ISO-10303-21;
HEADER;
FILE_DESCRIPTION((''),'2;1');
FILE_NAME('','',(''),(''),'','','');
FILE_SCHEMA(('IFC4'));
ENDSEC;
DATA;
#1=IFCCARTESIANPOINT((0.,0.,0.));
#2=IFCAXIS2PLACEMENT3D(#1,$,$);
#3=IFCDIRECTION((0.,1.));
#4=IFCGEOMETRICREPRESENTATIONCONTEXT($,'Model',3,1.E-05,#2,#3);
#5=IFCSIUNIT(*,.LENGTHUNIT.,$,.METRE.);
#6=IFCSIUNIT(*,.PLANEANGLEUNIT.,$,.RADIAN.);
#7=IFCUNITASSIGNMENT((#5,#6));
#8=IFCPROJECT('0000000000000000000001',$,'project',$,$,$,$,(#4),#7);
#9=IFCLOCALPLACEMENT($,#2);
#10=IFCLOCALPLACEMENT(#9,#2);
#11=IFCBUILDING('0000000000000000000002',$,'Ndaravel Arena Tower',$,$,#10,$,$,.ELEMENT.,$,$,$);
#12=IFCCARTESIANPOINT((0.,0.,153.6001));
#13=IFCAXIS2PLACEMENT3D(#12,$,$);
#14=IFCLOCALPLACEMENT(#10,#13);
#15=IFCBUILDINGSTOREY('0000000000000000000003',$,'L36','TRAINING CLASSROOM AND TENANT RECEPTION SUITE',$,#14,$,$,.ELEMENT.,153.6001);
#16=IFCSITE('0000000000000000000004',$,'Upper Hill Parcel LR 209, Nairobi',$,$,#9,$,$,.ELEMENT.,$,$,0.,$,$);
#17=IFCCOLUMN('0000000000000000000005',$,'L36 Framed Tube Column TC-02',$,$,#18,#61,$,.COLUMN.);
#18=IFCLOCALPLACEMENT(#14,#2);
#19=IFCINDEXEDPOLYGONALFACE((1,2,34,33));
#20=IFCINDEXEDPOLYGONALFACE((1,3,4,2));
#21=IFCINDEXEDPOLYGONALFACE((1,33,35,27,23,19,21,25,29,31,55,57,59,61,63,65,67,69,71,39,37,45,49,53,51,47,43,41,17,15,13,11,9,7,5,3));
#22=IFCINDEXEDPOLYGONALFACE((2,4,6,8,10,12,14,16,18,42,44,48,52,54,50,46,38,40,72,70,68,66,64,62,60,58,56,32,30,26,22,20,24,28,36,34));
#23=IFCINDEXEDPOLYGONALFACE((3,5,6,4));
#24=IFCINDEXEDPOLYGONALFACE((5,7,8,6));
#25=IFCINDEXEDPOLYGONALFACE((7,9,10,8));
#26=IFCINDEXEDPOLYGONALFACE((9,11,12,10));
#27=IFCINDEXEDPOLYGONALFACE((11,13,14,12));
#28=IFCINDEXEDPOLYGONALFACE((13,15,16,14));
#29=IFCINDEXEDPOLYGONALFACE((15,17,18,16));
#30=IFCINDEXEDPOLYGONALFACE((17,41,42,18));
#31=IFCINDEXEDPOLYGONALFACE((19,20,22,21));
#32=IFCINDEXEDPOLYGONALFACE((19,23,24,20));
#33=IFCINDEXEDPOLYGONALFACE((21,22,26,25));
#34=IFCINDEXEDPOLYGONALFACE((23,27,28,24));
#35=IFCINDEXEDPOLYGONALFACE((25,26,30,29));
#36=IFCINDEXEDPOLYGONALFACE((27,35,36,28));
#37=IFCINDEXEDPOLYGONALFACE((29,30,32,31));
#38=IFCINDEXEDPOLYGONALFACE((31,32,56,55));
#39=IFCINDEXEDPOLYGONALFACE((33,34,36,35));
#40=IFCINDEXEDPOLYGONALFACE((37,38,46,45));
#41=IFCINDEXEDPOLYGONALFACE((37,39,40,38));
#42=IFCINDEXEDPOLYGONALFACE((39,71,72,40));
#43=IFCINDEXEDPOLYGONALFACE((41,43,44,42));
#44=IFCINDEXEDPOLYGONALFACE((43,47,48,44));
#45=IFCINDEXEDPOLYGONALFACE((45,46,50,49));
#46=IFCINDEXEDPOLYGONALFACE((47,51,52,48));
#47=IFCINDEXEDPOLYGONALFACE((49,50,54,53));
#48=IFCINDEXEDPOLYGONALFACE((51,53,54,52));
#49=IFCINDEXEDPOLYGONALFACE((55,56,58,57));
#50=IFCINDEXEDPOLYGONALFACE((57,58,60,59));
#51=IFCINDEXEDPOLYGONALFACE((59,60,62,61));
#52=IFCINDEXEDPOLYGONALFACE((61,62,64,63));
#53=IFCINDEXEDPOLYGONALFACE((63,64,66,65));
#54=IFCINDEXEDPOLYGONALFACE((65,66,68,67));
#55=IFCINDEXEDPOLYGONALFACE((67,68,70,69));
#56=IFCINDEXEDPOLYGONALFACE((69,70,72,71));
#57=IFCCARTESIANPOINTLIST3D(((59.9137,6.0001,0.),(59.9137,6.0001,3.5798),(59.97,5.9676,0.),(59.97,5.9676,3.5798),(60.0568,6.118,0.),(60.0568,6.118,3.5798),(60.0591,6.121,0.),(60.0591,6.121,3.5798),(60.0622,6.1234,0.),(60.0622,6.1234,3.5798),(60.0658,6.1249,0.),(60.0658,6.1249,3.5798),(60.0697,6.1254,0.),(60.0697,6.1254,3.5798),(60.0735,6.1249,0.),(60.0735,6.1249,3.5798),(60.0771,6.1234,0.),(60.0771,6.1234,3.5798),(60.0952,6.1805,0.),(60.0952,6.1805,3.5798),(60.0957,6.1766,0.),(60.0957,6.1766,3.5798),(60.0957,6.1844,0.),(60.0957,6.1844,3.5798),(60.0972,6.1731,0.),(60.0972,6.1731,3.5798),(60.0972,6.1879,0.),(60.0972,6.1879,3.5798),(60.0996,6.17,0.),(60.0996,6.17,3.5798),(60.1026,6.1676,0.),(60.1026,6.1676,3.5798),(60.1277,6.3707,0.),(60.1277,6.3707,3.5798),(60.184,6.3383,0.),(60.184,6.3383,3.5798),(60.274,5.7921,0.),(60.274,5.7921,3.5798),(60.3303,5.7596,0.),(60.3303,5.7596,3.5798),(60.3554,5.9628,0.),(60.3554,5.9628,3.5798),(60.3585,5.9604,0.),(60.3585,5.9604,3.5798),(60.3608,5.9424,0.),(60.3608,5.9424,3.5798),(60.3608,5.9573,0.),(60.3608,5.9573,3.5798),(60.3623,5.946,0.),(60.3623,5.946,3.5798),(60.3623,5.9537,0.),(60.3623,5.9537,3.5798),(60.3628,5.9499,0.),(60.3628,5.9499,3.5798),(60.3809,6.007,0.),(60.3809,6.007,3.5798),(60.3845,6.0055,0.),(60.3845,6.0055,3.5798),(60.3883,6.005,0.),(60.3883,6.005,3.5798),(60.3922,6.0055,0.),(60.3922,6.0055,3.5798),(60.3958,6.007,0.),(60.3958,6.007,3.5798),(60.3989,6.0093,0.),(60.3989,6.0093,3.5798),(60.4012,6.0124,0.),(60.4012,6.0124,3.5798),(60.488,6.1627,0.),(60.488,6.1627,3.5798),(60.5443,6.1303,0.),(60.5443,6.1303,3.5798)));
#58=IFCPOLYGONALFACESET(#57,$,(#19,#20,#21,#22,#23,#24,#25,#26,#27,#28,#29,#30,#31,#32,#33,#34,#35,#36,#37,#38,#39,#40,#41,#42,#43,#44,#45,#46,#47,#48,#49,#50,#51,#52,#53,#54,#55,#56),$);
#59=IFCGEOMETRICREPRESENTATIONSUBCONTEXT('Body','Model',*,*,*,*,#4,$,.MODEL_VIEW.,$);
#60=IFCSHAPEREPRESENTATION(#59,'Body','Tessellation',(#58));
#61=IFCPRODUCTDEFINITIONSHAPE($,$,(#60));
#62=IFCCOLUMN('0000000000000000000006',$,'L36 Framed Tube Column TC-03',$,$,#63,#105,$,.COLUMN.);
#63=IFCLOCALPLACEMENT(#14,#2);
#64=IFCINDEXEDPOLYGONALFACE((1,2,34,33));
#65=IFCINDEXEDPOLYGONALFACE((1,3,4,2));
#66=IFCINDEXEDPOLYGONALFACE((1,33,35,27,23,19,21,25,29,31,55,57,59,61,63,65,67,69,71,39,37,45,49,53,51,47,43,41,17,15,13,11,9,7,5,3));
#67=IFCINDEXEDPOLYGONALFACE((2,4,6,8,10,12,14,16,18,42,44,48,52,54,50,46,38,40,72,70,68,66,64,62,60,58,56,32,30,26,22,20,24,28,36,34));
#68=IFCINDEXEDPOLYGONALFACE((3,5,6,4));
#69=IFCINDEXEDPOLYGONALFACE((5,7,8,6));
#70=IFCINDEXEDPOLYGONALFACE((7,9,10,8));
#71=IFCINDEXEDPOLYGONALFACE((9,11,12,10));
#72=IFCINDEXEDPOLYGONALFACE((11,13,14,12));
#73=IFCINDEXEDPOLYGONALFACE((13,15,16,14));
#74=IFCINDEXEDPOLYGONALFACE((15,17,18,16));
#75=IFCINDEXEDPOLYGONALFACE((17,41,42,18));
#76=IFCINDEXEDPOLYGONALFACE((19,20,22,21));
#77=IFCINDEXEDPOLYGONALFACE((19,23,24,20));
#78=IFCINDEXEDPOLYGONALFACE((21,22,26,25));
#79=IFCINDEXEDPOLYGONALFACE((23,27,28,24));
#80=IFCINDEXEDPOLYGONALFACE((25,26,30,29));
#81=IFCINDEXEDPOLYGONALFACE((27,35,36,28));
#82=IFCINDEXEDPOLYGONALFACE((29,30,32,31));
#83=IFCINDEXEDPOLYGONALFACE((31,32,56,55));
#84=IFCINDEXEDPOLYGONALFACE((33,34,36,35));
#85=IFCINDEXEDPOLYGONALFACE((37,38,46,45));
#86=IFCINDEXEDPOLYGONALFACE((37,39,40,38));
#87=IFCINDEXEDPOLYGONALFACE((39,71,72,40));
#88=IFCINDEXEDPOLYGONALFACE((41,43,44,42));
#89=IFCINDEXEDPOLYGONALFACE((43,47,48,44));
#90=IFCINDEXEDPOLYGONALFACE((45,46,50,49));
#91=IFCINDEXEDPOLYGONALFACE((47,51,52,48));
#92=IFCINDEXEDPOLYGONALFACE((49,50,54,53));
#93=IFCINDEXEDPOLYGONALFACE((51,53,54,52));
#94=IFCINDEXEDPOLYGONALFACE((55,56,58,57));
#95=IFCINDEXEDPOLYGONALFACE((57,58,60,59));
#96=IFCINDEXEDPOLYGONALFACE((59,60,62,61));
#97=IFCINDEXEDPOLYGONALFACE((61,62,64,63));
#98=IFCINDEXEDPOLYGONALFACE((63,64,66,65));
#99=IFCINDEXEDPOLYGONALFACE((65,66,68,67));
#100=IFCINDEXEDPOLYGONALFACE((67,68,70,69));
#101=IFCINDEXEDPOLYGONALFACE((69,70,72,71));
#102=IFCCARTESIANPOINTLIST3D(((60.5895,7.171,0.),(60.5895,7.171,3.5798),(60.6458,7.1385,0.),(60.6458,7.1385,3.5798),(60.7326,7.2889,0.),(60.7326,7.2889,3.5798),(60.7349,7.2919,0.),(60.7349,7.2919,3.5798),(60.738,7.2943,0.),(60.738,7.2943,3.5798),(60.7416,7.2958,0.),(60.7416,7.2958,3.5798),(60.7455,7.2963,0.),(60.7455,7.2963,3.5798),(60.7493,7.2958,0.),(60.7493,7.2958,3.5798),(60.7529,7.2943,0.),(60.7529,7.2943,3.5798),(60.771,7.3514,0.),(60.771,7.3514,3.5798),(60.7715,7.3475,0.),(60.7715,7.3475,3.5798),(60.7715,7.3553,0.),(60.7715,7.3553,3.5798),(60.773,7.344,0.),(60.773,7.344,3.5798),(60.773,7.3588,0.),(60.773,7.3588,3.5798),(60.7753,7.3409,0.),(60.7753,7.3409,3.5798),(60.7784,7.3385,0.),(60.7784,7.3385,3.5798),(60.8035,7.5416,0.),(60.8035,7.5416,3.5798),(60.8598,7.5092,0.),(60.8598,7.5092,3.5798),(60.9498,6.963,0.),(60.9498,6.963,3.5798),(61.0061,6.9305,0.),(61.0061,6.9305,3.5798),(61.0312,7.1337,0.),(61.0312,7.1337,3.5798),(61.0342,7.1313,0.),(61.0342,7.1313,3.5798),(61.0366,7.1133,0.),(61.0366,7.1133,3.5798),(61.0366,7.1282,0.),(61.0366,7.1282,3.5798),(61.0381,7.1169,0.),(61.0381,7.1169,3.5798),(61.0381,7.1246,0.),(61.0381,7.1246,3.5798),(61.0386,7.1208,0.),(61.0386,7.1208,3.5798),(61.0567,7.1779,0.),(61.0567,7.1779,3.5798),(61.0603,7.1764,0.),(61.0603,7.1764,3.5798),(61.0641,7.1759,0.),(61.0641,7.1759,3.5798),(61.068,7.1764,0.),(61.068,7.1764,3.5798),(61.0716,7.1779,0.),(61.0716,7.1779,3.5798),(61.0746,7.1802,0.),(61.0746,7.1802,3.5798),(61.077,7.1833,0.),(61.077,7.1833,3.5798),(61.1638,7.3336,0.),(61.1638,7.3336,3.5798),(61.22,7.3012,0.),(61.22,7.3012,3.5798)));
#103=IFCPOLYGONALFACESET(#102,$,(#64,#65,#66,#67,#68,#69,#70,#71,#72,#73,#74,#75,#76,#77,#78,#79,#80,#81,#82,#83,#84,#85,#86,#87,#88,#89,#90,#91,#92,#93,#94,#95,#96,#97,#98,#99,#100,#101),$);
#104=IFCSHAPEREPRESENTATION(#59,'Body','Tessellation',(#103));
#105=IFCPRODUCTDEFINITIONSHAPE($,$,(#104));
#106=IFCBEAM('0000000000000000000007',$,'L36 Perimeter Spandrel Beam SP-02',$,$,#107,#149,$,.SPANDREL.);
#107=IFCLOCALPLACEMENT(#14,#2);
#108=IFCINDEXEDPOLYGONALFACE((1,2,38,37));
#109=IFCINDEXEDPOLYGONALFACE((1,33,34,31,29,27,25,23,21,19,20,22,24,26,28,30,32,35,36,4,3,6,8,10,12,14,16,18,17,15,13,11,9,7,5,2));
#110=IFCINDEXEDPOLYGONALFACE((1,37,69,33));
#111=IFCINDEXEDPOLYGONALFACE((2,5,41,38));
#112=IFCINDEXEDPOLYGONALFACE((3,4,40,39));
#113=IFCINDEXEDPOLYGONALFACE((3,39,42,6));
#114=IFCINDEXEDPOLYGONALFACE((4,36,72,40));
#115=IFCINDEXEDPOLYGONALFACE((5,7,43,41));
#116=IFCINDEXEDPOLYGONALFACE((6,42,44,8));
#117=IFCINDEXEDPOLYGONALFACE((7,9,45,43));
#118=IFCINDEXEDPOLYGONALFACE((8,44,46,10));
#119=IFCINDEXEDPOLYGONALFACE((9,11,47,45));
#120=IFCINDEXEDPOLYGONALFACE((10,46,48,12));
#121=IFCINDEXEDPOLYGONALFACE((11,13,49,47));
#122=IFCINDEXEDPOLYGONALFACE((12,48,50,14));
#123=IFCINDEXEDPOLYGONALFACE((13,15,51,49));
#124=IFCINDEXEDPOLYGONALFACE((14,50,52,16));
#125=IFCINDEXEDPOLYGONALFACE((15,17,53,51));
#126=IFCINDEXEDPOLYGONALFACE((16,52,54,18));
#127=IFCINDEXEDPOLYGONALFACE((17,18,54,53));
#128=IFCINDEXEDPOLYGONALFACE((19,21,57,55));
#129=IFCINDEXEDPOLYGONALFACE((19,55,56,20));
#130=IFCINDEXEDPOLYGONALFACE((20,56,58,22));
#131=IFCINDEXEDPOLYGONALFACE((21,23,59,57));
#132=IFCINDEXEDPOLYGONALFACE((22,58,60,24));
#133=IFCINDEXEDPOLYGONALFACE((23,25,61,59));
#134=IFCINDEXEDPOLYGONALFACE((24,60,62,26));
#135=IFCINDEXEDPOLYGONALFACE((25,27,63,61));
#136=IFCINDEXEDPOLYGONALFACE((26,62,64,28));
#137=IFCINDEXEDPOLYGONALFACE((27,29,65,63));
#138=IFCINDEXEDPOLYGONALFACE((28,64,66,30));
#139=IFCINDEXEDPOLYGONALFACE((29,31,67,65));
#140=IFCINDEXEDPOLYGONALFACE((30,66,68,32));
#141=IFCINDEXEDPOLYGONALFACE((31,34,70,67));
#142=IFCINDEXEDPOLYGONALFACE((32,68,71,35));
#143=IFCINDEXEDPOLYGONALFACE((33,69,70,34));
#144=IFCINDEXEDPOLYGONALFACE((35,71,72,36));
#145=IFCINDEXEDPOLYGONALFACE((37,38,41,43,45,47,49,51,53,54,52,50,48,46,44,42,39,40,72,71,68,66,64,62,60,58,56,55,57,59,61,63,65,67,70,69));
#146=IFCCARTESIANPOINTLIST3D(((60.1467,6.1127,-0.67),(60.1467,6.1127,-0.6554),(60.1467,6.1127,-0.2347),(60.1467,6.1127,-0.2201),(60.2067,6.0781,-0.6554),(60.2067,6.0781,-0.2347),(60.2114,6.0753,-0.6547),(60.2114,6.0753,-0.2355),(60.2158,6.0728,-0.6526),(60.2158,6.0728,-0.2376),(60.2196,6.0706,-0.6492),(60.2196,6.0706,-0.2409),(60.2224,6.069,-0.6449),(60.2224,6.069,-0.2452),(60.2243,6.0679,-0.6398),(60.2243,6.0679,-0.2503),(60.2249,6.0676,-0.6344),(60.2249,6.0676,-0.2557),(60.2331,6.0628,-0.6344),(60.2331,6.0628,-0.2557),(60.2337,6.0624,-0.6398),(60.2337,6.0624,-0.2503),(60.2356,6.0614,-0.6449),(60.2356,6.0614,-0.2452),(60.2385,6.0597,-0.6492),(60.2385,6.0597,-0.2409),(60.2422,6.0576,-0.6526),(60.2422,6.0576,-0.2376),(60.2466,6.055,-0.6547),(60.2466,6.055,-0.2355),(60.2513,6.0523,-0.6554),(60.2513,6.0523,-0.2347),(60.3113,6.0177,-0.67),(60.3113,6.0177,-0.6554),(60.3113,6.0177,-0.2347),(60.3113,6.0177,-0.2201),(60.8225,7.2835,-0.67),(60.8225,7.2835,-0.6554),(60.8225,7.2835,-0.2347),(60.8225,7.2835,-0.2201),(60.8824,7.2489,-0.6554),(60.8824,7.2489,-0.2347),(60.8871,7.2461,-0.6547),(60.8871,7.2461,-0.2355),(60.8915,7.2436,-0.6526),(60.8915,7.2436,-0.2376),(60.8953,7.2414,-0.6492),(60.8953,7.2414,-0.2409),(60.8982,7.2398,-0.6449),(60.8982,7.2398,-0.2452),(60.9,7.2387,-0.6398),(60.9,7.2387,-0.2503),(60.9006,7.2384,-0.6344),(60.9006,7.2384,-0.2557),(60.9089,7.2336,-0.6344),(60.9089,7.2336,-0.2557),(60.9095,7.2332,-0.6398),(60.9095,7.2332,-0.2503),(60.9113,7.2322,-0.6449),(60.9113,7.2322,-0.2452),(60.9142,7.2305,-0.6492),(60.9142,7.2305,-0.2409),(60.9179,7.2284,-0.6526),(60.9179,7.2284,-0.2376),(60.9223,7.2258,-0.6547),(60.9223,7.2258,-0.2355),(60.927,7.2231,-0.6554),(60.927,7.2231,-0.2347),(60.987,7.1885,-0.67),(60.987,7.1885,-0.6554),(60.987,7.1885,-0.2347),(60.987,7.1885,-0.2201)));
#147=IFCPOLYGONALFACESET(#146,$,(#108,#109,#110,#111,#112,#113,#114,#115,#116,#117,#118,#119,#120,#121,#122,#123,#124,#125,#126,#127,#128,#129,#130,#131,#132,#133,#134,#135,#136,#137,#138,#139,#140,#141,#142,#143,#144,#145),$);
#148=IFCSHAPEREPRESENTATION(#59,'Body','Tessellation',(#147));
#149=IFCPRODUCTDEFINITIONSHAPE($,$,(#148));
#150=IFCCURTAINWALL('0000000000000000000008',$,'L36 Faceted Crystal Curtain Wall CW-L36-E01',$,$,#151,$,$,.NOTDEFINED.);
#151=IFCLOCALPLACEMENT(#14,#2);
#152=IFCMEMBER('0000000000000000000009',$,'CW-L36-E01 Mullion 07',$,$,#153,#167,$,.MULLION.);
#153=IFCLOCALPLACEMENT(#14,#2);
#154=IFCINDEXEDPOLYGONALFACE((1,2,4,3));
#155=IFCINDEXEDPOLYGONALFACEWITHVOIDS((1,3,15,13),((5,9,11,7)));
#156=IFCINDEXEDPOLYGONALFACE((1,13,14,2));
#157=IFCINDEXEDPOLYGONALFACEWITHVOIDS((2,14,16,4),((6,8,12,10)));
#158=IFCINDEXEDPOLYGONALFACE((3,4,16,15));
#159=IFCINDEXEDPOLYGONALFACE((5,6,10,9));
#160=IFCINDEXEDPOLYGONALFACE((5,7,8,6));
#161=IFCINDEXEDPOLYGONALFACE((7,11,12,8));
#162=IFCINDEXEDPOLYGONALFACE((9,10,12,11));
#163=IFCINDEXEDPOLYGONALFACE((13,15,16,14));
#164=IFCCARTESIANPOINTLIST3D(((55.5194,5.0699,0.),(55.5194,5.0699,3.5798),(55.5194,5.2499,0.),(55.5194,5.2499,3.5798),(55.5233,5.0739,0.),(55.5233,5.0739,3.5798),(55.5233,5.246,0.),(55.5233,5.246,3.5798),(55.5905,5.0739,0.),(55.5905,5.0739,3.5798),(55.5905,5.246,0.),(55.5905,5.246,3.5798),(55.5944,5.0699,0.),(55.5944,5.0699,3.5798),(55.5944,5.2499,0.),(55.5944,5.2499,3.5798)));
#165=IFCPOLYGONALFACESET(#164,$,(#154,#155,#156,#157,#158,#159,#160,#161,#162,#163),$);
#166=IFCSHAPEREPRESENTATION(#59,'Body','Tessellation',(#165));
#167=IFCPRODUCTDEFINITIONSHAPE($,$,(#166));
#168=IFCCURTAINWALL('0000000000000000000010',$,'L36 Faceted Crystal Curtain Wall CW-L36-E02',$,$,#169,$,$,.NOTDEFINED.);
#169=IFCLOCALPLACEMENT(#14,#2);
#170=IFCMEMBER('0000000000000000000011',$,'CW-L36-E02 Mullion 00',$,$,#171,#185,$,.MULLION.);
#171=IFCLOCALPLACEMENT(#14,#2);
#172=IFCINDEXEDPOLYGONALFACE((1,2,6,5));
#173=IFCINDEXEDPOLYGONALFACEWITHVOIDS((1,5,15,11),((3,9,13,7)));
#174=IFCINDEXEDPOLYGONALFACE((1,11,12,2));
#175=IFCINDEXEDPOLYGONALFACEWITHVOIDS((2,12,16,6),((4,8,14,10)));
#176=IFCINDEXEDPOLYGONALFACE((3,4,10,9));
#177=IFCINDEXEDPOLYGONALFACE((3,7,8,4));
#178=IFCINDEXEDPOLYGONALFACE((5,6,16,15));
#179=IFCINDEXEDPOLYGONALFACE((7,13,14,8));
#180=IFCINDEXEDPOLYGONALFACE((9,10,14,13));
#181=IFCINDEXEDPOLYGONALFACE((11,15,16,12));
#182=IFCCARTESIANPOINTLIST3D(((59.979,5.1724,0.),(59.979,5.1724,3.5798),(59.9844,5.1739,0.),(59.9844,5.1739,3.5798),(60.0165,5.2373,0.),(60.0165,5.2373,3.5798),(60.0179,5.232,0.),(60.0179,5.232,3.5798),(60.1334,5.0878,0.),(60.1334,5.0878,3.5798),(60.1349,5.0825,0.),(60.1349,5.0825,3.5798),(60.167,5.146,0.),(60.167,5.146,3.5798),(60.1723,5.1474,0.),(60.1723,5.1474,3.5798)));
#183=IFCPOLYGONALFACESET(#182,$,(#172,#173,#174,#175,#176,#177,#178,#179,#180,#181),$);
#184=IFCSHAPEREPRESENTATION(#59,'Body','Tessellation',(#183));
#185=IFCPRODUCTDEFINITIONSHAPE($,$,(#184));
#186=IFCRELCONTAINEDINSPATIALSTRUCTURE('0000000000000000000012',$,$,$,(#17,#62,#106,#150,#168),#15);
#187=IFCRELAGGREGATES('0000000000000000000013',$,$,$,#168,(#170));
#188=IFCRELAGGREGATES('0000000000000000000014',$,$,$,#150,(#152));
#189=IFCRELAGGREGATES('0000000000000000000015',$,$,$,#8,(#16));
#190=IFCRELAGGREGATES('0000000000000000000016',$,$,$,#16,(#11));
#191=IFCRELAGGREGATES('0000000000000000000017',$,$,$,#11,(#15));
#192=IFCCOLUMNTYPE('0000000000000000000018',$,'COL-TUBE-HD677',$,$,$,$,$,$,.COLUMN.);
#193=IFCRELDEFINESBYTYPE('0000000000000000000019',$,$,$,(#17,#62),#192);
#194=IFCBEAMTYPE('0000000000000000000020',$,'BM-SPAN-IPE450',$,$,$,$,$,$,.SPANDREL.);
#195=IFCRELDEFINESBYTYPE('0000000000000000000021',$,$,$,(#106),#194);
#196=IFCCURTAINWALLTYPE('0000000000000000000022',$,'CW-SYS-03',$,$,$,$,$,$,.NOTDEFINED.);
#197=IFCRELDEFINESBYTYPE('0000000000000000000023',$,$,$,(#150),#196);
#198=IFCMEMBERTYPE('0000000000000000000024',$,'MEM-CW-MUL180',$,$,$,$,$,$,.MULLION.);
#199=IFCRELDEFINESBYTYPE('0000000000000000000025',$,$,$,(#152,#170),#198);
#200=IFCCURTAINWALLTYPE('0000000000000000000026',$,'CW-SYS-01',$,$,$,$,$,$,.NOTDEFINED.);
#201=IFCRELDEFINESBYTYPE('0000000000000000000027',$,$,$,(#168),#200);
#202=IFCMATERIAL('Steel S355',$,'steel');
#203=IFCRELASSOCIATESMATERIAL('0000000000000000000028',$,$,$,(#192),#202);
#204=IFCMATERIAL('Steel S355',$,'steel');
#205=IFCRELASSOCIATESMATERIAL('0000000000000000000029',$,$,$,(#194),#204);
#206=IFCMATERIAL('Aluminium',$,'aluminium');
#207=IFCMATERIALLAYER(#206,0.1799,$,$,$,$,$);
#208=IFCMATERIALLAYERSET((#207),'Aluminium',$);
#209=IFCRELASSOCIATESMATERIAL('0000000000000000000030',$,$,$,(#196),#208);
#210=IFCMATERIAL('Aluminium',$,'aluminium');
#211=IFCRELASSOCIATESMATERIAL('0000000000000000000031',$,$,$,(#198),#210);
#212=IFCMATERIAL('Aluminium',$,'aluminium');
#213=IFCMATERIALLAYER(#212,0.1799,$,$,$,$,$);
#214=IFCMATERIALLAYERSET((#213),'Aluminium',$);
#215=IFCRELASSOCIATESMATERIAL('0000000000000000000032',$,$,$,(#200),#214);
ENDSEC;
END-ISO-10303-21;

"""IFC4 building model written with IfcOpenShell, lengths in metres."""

from ifc_helpers import new_model, si_unit, direction, frame, origin, origin_2d, place, context, subcontext, project, spatial, hollow_rectangle, i_section, extrude, material, layer, layer_set, material_profile, profile_set, type_object, element, aggregate, save


model = new_model("IFC4")

# Units and contexts
model_context = context("Model", 3, precision=1e-05, world=origin(), true_north=direction((0.0, 1.0)))
body_context = subcontext(model_context, "Body", "Model", "MODEL_VIEW")
ifc_project = project(units=[si_unit("LENGTHUNIT", "METRE"), si_unit("PLANEANGLEUNIT", "RADIAN")], contexts=[model_context])

# Site, building, storey
site_placement = place(None, origin())
site = spatial("IfcSite", under=ifc_project, at=site_placement, Name="Upper Hill Parcel LR 209, Nairobi", CompositionType="ELEMENT", RefElevation=0.0)
building_placement = place(site_placement, origin())
building = spatial("IfcBuilding", under=site, at=building_placement, Name="Ndaravel Arena Tower", CompositionType="ELEMENT")
storey_placement = place(building_placement, frame((0.0, 0.0, 153.6001)))
storey = spatial("IfcBuildingStorey", under=building, at=storey_placement, Name="L36", Description="TRAINING CLASSROOM AND TENANT RECEPTION SUITE", CompositionType="ELEMENT", Elevation=153.6001)

# Columns
ifc_material_1 = material(Name="Steel S355", Category="steel")
ifc_material_profile_1 = material_profile(ifc_material_1, i_section(OverallWidth=0.428, OverallDepth=0.481, WebThickness=0.051, FlangeThickness=0.0649, FilletRadius=0.0149, at=origin_2d()), Name="HD 400x677")
ifc_profile_set_1 = profile_set([ifc_material_profile_1], Name="Steel S355")
column_type = type_object("IfcColumnType", Name="COL-TUBE-HD677", PredefinedType="COLUMN", material=ifc_profile_set_1)
for number, where, z_axis, x_axis, name in (
    (1, (60.229, 6.0652, 0.0), (0.0, 0.0, 1.0), (0.5, 0.866025, 0.0), "L36 Framed Tube Column TC-02"),
    (2, (60.9048, 7.2361, 0.0), (0.0, 0.0, 1.0), (0.5, 0.866025, 0.0), "L36 Framed Tube Column TC-03"),
):
    element("IfcColumn", number, at=place(storey_placement, frame(where, z_axis=z_axis, x_axis=x_axis)), inside=storey, type_object=column_type, Name=name, PredefinedType="COLUMN", context=body_context, shape_type="SweptSolid", body=[
        extrude(i_section(OverallWidth=0.428, OverallDepth=0.481, WebThickness=0.051, FlangeThickness=0.0649, FilletRadius=0.0149, at=origin_2d()), origin(), (0.0, 0.0, 1.0), 3.5798),
    ])

# Beam
ifc_material_2 = material(Name="Steel S355", Category="steel")
ifc_material_profile_2 = material_profile(ifc_material_2, i_section(OverallWidth=0.1899, OverallDepth=0.45, WebThickness=0.0095, FlangeThickness=0.0146, FilletRadius=0.021, at=origin_2d()), Name="IPE 450")
ifc_profile_set_2 = profile_set([ifc_material_profile_2], Name="Steel S355")
beam_type = type_object("IfcBeamType", Name="BM-SPAN-IPE450", PredefinedType="SPANDREL", material=ifc_profile_set_2)
beam_placement = place(storey_placement, frame((60.229, 6.0652, -0.4451), z_axis=(0.499868, 0.866101, 0.0), x_axis=(-0.866101, 0.499868, 0.0)))
element("IfcBeam", 3, at=beam_placement, inside=storey, type_object=beam_type, Name="L36 Perimeter Spandrel Beam SP-02", PredefinedType="SPANDREL", context=body_context, shape_type="SweptSolid", body=[
    extrude(i_section(OverallWidth=0.1899, OverallDepth=0.45, WebThickness=0.0095, FlangeThickness=0.0146, FilletRadius=0.021, at=origin_2d()), origin(), (0.0, 0.0, 1.0), 1.3518),
])

# Curtain wall, member
ifc_material_3 = material(Name="Aluminium", Category="aluminium")
ifc_layer_1 = layer(ifc_material_3, 0.1799)
ifc_layer_set_1 = layer_set([ifc_layer_1], Name="Aluminium")
curtain_wall_type_1 = type_object("IfcCurtainWallType", Name="CW-SYS-03", PredefinedType="NOTDEFINED", material=ifc_layer_set_1)
curtain_wall_1_placement = place(storey_placement, origin())
curtain_wall_1 = element("IfcCurtainWall", 4, at=curtain_wall_1_placement, inside=storey, type_object=curtain_wall_type_1, Name="L36 Faceted Crystal Curtain Wall CW-L36-E01", PredefinedType="NOTDEFINED")
ifc_material_4 = material(Name="Aluminium", Category="aluminium")
ifc_material_profile_3 = material_profile(ifc_material_4, hollow_rectangle(XDim=0.075, YDim=0.1799, WallThickness=0.0039, at=origin_2d()), Name="CW MULLION 75x180x4")
ifc_profile_set_3 = profile_set([ifc_material_profile_3], Name="Aluminium")
member_type_1 = type_object("IfcMemberType", Name="MEM-CW-MUL180", PredefinedType="MULLION", material=ifc_profile_set_3)
member_1_placement = place(storey_placement, frame((55.5569, 5.1599, 0.0), z_axis=(0.0, 0.0, 1.0), x_axis=(1.0, 0.0, 0.0)))
member_1 = element("IfcMember", 5, at=member_1_placement, type_object=member_type_1, Name="CW-L36-E01 Mullion 07", PredefinedType="MULLION", context=body_context, shape_type="SweptSolid", body=[
    extrude(hollow_rectangle(XDim=0.075, YDim=0.1799, WallThickness=0.0039, at=origin_2d()), origin(), (0.0, 0.0, 1.0), 3.5798),
])

# Curtain wall, member
ifc_material_5 = material(Name="Aluminium", Category="aluminium")
ifc_layer_2 = layer(ifc_material_5, 0.1799)
ifc_layer_set_2 = layer_set([ifc_layer_2], Name="Aluminium")
curtain_wall_type_2 = type_object("IfcCurtainWallType", Name="CW-SYS-01", PredefinedType="NOTDEFINED", material=ifc_layer_set_2)
curtain_wall_2_placement = place(storey_placement, origin())
curtain_wall_2 = element("IfcCurtainWall", 6, at=curtain_wall_2_placement, inside=storey, type_object=curtain_wall_type_2, Name="L36 Faceted Crystal Curtain Wall CW-L36-E02", PredefinedType="NOTDEFINED")
member_2_placement = place(storey_placement, frame((60.0757, 5.1599, 0.0), z_axis=(0.0, 0.0, 1.0), x_axis=(0.5, 0.866025, 0.0)))
member_2 = element("IfcMember", 7, at=member_2_placement, type_object=member_type_1, Name="CW-L36-E02 Mullion 00", PredefinedType="MULLION", context=body_context, shape_type="SweptSolid", body=[
    extrude(hollow_rectangle(XDim=0.075, YDim=0.1799, WallThickness=0.0039, at=origin_2d()), origin(), (0.0, 0.0, 1.0), 3.5798),
])
aggregate(curtain_wall_2, [member_2])

aggregate(curtain_wall_1, [member_1])

save(model, "model.ifc")
